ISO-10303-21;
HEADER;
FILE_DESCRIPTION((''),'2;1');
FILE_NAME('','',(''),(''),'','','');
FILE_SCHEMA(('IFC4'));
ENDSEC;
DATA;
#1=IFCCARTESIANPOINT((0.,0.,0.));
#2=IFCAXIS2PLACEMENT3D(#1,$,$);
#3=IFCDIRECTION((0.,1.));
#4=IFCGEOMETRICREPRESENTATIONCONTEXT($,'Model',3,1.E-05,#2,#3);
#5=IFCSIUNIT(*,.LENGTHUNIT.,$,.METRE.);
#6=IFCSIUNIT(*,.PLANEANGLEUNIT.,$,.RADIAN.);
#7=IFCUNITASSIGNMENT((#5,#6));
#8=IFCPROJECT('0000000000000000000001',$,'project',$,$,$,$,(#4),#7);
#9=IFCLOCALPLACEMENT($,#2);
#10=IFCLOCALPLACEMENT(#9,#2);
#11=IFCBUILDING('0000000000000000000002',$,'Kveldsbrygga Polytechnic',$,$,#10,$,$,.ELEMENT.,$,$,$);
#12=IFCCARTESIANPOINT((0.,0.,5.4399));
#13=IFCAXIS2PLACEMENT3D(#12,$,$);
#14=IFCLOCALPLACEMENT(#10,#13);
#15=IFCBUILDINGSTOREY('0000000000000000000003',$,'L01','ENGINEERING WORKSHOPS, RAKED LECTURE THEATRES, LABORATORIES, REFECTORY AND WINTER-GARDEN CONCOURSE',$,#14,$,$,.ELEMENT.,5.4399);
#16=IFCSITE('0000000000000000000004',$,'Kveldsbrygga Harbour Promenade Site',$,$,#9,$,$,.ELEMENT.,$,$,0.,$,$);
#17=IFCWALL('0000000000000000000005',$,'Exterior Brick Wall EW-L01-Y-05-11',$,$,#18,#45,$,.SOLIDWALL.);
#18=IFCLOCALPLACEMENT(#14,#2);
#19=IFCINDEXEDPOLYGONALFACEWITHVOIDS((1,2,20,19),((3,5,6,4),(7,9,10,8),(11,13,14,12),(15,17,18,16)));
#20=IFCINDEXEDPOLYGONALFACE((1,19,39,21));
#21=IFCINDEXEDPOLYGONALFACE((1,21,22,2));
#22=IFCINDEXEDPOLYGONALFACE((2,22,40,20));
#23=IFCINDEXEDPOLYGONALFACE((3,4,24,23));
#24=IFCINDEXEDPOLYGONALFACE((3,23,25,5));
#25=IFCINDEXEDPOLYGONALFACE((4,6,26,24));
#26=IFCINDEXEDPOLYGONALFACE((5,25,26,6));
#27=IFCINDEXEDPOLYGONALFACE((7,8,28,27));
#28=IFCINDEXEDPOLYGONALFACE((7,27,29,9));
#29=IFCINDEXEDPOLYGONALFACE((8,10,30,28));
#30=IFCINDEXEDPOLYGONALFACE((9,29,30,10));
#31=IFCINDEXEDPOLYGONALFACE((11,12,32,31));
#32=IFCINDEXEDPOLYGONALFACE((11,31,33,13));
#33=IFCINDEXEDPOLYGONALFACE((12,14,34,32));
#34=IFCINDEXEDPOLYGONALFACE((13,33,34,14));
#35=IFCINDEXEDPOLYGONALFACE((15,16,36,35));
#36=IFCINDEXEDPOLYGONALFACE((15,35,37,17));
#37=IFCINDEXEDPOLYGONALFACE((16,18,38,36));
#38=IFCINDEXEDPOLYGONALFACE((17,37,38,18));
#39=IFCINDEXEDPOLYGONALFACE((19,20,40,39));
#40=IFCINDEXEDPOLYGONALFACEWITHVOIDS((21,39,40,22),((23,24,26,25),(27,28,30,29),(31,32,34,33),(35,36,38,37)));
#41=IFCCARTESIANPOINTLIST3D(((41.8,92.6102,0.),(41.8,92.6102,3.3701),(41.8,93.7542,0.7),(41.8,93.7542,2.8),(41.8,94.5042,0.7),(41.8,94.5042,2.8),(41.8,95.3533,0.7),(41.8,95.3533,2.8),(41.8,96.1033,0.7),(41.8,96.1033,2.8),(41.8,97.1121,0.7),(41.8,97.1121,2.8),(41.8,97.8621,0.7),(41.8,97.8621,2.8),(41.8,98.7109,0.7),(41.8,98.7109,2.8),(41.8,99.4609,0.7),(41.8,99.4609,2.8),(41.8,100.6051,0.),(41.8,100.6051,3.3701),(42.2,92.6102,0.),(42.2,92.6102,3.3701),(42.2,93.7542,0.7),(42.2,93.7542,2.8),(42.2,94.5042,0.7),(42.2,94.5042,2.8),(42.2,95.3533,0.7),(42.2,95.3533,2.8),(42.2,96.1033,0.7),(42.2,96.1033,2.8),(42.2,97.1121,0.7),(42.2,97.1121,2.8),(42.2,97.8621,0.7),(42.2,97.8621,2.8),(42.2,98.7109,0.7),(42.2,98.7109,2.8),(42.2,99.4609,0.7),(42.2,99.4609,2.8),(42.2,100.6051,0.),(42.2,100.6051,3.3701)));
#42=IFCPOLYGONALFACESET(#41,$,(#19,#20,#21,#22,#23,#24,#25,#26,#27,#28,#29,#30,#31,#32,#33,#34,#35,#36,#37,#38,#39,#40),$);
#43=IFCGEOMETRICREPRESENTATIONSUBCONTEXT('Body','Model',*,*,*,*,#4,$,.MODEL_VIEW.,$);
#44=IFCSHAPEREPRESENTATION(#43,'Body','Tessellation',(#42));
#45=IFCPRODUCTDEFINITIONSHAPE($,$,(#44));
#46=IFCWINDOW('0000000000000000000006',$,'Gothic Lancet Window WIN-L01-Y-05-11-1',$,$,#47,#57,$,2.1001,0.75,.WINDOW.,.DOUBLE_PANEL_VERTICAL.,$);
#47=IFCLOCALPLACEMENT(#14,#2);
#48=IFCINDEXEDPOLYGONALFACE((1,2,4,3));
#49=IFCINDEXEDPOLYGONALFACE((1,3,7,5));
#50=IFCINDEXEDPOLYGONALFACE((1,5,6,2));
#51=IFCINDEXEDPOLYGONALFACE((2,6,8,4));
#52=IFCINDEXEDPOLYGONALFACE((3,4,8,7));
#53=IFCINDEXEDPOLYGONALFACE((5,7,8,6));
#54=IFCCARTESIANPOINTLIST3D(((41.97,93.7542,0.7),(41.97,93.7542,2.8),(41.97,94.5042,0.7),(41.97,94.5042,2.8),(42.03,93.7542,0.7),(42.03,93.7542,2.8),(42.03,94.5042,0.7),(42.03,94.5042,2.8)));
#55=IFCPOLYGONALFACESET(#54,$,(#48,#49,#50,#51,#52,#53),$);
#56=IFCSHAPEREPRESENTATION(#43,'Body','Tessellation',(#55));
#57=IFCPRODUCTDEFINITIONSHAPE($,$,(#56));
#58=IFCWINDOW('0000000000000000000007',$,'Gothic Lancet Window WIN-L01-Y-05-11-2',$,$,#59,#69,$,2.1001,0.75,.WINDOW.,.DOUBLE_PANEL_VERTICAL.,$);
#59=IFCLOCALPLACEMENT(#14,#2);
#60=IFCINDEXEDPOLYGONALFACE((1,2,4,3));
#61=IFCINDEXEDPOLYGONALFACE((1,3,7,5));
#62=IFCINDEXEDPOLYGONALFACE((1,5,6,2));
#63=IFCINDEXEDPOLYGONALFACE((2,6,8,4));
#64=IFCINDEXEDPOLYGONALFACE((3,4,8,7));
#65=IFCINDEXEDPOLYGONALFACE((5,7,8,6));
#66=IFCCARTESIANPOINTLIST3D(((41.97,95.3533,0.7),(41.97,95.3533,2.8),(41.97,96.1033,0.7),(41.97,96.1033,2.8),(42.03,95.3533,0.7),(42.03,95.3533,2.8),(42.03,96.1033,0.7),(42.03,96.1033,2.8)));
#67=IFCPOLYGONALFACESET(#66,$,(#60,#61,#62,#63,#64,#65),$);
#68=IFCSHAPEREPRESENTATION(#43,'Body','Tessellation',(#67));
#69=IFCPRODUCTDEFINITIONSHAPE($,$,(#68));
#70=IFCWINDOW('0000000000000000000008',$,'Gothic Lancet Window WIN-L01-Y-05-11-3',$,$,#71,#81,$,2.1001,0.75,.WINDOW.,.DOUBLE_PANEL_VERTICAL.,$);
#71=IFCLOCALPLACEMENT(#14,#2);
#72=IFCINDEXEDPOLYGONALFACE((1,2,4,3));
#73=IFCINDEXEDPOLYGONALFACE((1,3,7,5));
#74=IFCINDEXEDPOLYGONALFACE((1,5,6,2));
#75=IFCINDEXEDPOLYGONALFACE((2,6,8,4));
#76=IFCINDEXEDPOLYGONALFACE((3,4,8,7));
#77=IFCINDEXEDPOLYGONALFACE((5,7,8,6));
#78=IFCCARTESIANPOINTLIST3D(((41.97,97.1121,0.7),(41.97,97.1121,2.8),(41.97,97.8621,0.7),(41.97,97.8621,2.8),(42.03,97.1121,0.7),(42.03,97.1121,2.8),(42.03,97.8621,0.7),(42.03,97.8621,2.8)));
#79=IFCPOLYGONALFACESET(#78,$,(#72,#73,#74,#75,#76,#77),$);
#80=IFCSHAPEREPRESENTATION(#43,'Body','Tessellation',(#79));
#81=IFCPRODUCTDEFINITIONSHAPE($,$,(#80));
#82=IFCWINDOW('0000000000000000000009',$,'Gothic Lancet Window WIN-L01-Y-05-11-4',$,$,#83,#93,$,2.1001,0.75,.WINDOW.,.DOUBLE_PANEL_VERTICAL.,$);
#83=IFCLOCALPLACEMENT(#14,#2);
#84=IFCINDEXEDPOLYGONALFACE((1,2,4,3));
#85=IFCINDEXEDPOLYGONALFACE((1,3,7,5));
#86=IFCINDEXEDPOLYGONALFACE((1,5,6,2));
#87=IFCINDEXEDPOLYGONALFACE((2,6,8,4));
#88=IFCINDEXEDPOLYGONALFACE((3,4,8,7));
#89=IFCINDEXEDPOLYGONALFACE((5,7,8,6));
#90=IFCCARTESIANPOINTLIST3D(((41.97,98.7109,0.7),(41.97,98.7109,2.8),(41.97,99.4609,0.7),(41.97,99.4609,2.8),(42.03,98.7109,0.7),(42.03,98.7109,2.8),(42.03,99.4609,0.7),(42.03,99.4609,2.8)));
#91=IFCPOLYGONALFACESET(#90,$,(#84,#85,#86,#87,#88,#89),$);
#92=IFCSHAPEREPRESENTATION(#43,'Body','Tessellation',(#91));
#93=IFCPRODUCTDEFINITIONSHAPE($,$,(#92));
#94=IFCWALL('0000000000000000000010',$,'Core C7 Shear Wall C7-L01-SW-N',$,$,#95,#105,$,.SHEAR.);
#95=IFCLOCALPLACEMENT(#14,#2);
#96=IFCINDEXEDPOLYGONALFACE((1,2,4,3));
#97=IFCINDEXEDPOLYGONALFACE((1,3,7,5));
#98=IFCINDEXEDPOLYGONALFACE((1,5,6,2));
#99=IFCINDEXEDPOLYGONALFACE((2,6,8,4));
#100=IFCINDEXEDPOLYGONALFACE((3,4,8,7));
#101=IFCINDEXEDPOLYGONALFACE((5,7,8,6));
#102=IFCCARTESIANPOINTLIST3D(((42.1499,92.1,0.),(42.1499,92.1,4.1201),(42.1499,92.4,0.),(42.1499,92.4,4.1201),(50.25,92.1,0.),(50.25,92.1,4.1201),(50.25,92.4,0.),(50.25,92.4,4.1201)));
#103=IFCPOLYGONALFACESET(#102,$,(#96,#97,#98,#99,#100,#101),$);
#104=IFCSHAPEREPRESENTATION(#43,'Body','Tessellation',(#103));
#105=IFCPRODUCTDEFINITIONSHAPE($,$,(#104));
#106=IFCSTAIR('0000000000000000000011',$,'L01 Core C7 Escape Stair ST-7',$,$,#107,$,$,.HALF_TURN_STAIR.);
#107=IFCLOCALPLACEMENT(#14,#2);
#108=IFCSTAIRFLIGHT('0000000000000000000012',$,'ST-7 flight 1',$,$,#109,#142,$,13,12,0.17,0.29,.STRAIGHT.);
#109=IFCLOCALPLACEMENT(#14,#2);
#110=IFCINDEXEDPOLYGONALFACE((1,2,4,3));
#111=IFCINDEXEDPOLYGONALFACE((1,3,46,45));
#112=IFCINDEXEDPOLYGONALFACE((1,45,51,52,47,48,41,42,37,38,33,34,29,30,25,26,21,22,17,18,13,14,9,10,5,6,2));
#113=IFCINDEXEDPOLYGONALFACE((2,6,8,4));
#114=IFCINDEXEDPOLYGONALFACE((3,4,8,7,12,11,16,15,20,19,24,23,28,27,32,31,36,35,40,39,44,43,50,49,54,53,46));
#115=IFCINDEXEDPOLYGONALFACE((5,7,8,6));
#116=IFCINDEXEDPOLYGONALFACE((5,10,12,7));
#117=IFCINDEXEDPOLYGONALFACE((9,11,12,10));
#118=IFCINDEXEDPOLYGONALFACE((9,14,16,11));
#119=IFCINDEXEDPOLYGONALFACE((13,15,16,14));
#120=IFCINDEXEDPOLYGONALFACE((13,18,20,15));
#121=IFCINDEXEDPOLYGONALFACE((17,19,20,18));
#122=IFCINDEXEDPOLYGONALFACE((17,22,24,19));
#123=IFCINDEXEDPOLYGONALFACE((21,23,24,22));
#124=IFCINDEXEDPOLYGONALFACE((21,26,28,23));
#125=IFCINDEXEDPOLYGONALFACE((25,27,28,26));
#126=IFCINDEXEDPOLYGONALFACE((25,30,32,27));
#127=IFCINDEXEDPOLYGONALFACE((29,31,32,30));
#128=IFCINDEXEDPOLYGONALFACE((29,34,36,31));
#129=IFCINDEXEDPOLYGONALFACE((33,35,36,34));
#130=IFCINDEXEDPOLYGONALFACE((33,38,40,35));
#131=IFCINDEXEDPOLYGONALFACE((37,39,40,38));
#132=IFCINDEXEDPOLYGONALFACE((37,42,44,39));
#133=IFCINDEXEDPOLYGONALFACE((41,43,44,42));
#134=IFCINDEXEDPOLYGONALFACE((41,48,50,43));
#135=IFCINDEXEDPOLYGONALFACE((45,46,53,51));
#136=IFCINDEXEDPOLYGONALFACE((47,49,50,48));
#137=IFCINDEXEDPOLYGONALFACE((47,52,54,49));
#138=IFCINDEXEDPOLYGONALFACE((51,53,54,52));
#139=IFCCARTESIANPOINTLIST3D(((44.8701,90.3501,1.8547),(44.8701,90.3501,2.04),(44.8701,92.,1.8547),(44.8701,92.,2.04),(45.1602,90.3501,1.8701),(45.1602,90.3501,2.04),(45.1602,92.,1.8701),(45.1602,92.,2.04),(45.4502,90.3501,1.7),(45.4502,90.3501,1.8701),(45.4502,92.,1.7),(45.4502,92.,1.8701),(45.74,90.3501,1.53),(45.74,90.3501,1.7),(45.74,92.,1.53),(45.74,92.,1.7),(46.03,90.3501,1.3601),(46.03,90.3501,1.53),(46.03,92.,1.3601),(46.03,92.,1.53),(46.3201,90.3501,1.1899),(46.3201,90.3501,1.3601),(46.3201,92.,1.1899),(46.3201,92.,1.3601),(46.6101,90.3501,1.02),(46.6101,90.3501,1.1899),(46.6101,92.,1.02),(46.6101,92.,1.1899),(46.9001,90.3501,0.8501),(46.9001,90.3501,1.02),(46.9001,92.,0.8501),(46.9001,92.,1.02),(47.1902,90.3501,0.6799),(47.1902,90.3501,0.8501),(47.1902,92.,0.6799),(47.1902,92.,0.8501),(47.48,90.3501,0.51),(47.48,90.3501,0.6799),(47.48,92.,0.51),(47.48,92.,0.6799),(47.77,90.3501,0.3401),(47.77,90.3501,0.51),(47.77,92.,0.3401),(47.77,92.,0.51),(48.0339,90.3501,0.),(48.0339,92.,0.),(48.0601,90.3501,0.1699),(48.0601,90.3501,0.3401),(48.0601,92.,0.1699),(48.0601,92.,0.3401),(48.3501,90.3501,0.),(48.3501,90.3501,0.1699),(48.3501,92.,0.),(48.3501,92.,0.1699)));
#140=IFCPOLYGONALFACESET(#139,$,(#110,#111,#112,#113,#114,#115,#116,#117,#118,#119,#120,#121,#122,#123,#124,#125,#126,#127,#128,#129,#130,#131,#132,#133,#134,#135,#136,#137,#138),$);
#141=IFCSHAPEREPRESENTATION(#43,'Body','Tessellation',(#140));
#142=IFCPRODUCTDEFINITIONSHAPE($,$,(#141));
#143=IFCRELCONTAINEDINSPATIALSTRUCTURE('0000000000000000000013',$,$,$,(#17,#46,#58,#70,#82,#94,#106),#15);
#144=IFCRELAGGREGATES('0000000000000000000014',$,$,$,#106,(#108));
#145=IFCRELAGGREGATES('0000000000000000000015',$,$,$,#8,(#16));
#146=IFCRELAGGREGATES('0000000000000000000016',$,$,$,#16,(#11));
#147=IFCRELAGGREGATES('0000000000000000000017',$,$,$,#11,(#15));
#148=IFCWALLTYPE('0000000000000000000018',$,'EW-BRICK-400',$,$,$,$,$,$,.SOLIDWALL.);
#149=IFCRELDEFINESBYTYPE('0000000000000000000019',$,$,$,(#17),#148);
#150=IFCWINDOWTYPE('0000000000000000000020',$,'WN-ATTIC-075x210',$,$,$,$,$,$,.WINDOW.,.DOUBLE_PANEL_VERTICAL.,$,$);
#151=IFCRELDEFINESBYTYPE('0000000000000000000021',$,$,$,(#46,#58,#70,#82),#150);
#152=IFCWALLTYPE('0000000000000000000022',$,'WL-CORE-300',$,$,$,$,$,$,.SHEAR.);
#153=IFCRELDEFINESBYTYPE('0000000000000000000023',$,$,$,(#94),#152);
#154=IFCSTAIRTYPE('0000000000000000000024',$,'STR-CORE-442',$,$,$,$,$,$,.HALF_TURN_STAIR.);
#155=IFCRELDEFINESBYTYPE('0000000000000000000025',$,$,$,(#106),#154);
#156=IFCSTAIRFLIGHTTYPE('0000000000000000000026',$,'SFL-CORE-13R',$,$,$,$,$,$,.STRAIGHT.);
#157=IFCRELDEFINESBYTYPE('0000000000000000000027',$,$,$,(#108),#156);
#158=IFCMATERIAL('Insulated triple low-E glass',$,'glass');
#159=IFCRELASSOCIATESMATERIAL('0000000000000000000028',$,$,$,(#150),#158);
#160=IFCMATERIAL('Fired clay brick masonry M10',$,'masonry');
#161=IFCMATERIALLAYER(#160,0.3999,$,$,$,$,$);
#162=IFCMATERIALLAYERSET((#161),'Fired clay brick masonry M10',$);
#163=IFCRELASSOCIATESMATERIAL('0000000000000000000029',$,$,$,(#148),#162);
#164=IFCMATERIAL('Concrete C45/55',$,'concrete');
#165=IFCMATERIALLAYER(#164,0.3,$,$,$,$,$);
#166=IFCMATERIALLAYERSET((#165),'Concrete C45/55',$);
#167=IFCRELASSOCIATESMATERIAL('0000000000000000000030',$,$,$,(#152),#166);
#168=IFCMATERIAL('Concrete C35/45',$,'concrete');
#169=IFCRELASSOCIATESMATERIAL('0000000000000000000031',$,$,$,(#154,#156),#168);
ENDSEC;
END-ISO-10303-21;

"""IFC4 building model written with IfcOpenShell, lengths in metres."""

from ifc_helpers import new_model, si_unit, direction, frame, frame_2d, origin, place, context, subcontext, project, spatial, polyline, rectangle, outline, extrude, material, layer, layer_set, type_object, element, fill, aggregate, save


model = new_model("IFC4")

# Units and contexts
model_context = context("Model", 3, precision=1e-05, world=origin(), true_north=direction((0.0, 1.0)))
body_context = subcontext(model_context, "Body", "Model", "MODEL_VIEW")
ifc_project = project(units=[si_unit("LENGTHUNIT", "METRE"), si_unit("PLANEANGLEUNIT", "RADIAN")], contexts=[model_context])

# Site, building, storey
site_placement = place(None, origin())
site = spatial("IfcSite", under=ifc_project, at=site_placement, Name="Kveldsbrygga Harbour Promenade Site", CompositionType="ELEMENT", RefElevation=0.0)
building_placement = place(site_placement, origin())
building = spatial("IfcBuilding", under=site, at=building_placement, Name="Kveldsbrygga Polytechnic", CompositionType="ELEMENT")
storey_placement = place(building_placement, frame((0.0, 0.0, 5.4399)))
storey = spatial("IfcBuildingStorey", under=building, at=storey_placement, Name="L01", Description="ENGINEERING WORKSHOPS, RAKED LECTURE THEATRES, LABORATORIES, REFECTORY AND WINTER-GARDEN CONCOURSE", CompositionType="ELEMENT", Elevation=5.4399)

# Shared definitions
ifc_material_1 = material(Name="Concrete C45/55", Category="concrete")

# Shared definitions
ifc_material_2 = material(Name="Concrete C35/45", Category="concrete")

# Wall, openings, windows
ifc_material_3 = material(Name="Fired clay brick masonry M10", Category="masonry")
ifc_material_4 = material(Name="Insulated triple low-E glass", Category="glass")
window_type = type_object("IfcWindowType", Name="WN-ATTIC-075x210", PartitioningType="DOUBLE_PANEL_VERTICAL", PredefinedType="WINDOW", material=ifc_material_4)
ifc_layer_1 = layer(ifc_material_3, 0.3999)
ifc_layer_set_1 = layer_set([ifc_layer_1], Name="Fired clay brick masonry M10")
wall_type_1 = type_object("IfcWallType", Name="EW-BRICK-400", PredefinedType="SOLIDWALL", material=ifc_layer_set_1)
wall_1_placement = place(storey_placement, frame((42.0, 92.6101, 0.0), z_axis=(0.0, 0.0, 1.0), x_axis=(0.0, 1.0, 0.0)))
wall_1 = element("IfcWall", 1, at=wall_1_placement, inside=storey, type_object=wall_type_1, Name="Exterior Brick Wall EW-L01-Y-05-11", PredefinedType="SOLIDWALL", context=body_context, shape_type="SweptSolid", body=[
    extrude(rectangle(XDim=7.9949, YDim=0.3999, at=frame_2d((3.9976, 0.0))), origin(), (0.0, 0.0, 1.0), 3.3701),
])
opening_1_placement = place(wall_1_placement, frame((1.144, 0.0, 0.7)))
opening_1 = element("IfcOpeningElement", 2, at=opening_1_placement, cuts=wall_1, PredefinedType="OPENING", context=body_context, shape_type="SweptSolid", body=[
    extrude(rectangle(XDim=0.75, YDim=2.1001, at=frame_2d((0.375, 1.05))), frame((0.0, 0.21, 0.0), z_axis=(0.0, -1.0, 0.0), x_axis=(1.0, 0.0, 0.0)), (0.0, 0.0, 1.0), 0.4199),
])
opening_2_placement = place(wall_1_placement, frame((2.7432, 0.0, 0.7)))
opening_2 = element("IfcOpeningElement", 3, at=opening_2_placement, cuts=wall_1, PredefinedType="OPENING", context=body_context, shape_type="SweptSolid", body=[
    extrude(rectangle(XDim=0.75, YDim=2.1001, at=frame_2d((0.375, 1.05))), frame((0.0, 0.21, 0.0), z_axis=(0.0, -1.0, 0.0), x_axis=(1.0, 0.0, 0.0)), (0.0, 0.0, 1.0), 0.4199),
])
opening_3_placement = place(wall_1_placement, frame((4.502, 0.0, 0.7)))
opening_3 = element("IfcOpeningElement", 4, at=opening_3_placement, cuts=wall_1, PredefinedType="OPENING", context=body_context, shape_type="SweptSolid", body=[
    extrude(rectangle(XDim=0.75, YDim=2.1001, at=frame_2d((0.375, 1.05))), frame((0.0, 0.21, 0.0), z_axis=(0.0, -1.0, 0.0), x_axis=(1.0, 0.0, 0.0)), (0.0, 0.0, 1.0), 0.4199),
])
opening_4_placement = place(wall_1_placement, frame((6.1008, 0.0, 0.7)))
opening_4 = element("IfcOpeningElement", 5, at=opening_4_placement, cuts=wall_1, PredefinedType="OPENING", context=body_context, shape_type="SweptSolid", body=[
    extrude(rectangle(XDim=0.75, YDim=2.1001, at=frame_2d((0.375, 1.05))), frame((0.0, 0.21, 0.0), z_axis=(0.0, -1.0, 0.0), x_axis=(1.0, 0.0, 0.0)), (0.0, 0.0, 1.0), 0.4199),
])
window_1_placement = place(opening_1_placement, origin())
window_1 = element("IfcWindow", 6, at=window_1_placement, inside=storey, type_object=window_type, Name="Gothic Lancet Window WIN-L01-Y-05-11-1", OverallHeight=2.1001, OverallWidth=0.75, PartitioningType="DOUBLE_PANEL_VERTICAL", PredefinedType="WINDOW", context=body_context, shape_type="SweptSolid", body=[
    extrude(rectangle(XDim=0.75, YDim=2.1001, at=frame_2d((0.375, 1.05))), frame((0.0, 0.03, 0.0), z_axis=(0.0, -1.0, 0.0), x_axis=(1.0, 0.0, 0.0)), (0.0, 0.0, 1.0), 0.0601),
])
fill(opening_1, window_1)
window_2_placement = place(opening_2_placement, origin())
window_2 = element("IfcWindow", 7, at=window_2_placement, inside=storey, type_object=window_type, Name="Gothic Lancet Window WIN-L01-Y-05-11-2", OverallHeight=2.1001, OverallWidth=0.75, PartitioningType="DOUBLE_PANEL_VERTICAL", PredefinedType="WINDOW", context=body_context, shape_type="SweptSolid", body=[
    extrude(rectangle(XDim=0.75, YDim=2.1001, at=frame_2d((0.375, 1.05))), frame((0.0, 0.03, 0.0), z_axis=(0.0, -1.0, 0.0), x_axis=(1.0, 0.0, 0.0)), (0.0, 0.0, 1.0), 0.0601),
])
fill(opening_2, window_2)
window_3_placement = place(opening_3_placement, origin())
window_3 = element("IfcWindow", 8, at=window_3_placement, inside=storey, type_object=window_type, Name="Gothic Lancet Window WIN-L01-Y-05-11-3", OverallHeight=2.1001, OverallWidth=0.75, PartitioningType="DOUBLE_PANEL_VERTICAL", PredefinedType="WINDOW", context=body_context, shape_type="SweptSolid", body=[
    extrude(rectangle(XDim=0.75, YDim=2.1001, at=frame_2d((0.375, 1.05))), frame((0.0, 0.03, 0.0), z_axis=(0.0, -1.0, 0.0), x_axis=(1.0, 0.0, 0.0)), (0.0, 0.0, 1.0), 0.0601),
])
fill(opening_3, window_3)
window_4_placement = place(opening_4_placement, origin())
window_4 = element("IfcWindow", 9, at=window_4_placement, inside=storey, type_object=window_type, Name="Gothic Lancet Window WIN-L01-Y-05-11-4", OverallHeight=2.1001, OverallWidth=0.75, PartitioningType="DOUBLE_PANEL_VERTICAL", PredefinedType="WINDOW", context=body_context, shape_type="SweptSolid", body=[
    extrude(rectangle(XDim=0.75, YDim=2.1001, at=frame_2d((0.375, 1.05))), frame((0.0, 0.03, 0.0), z_axis=(0.0, -1.0, 0.0), x_axis=(1.0, 0.0, 0.0)), (0.0, 0.0, 1.0), 0.0601),
])
fill(opening_4, window_4)

# Wall
ifc_layer_2 = layer(ifc_material_1, 0.3)
ifc_layer_set_2 = layer_set([ifc_layer_2], Name="Concrete C45/55")
wall_type_2 = type_object("IfcWallType", Name="WL-CORE-300", PredefinedType="SHEAR", material=ifc_layer_set_2)
wall_2_placement = place(storey_placement, frame((42.1499, 92.25, 0.0), z_axis=(0.0, 0.0, 1.0), x_axis=(1.0, 0.0, 0.0)))
element("IfcWall", 10, at=wall_2_placement, inside=storey, type_object=wall_type_2, Name="Core C7 Shear Wall C7-L01-SW-N", PredefinedType="SHEAR", context=body_context, shape_type="SweptSolid", body=[
    extrude(rectangle(XDim=8.1001, YDim=0.3, at=frame_2d((4.05, 0.0))), origin(), (0.0, 0.0, 1.0), 4.1201),
])

# Stair, stair flight
stair_type = type_object("IfcStairType", Name="STR-CORE-442", PredefinedType="HALF_TURN_STAIR", material=ifc_material_2)
stair_placement = place(storey_placement, origin())
stair = element("IfcStair", 11, at=stair_placement, inside=storey, type_object=stair_type, Name="L01 Core C7 Escape Stair ST-7", PredefinedType="HALF_TURN_STAIR")
stair_flight_type = type_object("IfcStairFlightType", Name="SFL-CORE-13R", PredefinedType="STRAIGHT", material=ifc_material_2)
stair_flight_placement = place(storey_placement, frame((48.3501, 91.175, 0.0), z_axis=(0.0, 0.0, 1.0), x_axis=(-1.0, 0.0, 0.0)))
stair_flight = element("IfcStairFlight", 12, at=stair_flight_placement, type_object=stair_flight_type, Name="ST-7 flight 1", NumberOfRisers=13, NumberOfTreads=12, PredefinedType="STRAIGHT", RiserHeight=0.17, TreadLength=0.29, context=body_context, shape_type="SweptSolid", body=[
    extrude(outline(polyline([(0.0, 0.0), (0.0, 0.1699), (0.29, 0.1699), (0.29, 0.3401), (0.5801, 0.3401), (0.5801, 0.51), (0.8701, 0.51), (0.8701, 0.6799), (1.1599, 0.6799), (1.1599, 0.8501), (1.45, 0.8501), (1.45, 1.02), (1.74, 1.02), (1.74, 1.1899), (2.03, 1.1899), (2.03, 1.3601), (2.3201, 1.3601), (2.3201, 1.53), (2.6101, 1.53), (2.6101, 1.7), (2.8999, 1.7), (2.8999, 1.8701), (3.1899, 1.8701), (3.1899, 2.04), (3.48, 2.04), (3.48, 2.21), (3.48, 1.8547), (0.3162, 0.0), (0.0, 0.0)])), frame((0.0, 0.825, 0.0), z_axis=(0.0, -1.0, 0.0), x_axis=(1.0, 0.0, 0.0)), (0.0, 0.0, 1.0), 1.6499),
])
aggregate(stair, [stair_flight])

save(model, "model.ifc")
